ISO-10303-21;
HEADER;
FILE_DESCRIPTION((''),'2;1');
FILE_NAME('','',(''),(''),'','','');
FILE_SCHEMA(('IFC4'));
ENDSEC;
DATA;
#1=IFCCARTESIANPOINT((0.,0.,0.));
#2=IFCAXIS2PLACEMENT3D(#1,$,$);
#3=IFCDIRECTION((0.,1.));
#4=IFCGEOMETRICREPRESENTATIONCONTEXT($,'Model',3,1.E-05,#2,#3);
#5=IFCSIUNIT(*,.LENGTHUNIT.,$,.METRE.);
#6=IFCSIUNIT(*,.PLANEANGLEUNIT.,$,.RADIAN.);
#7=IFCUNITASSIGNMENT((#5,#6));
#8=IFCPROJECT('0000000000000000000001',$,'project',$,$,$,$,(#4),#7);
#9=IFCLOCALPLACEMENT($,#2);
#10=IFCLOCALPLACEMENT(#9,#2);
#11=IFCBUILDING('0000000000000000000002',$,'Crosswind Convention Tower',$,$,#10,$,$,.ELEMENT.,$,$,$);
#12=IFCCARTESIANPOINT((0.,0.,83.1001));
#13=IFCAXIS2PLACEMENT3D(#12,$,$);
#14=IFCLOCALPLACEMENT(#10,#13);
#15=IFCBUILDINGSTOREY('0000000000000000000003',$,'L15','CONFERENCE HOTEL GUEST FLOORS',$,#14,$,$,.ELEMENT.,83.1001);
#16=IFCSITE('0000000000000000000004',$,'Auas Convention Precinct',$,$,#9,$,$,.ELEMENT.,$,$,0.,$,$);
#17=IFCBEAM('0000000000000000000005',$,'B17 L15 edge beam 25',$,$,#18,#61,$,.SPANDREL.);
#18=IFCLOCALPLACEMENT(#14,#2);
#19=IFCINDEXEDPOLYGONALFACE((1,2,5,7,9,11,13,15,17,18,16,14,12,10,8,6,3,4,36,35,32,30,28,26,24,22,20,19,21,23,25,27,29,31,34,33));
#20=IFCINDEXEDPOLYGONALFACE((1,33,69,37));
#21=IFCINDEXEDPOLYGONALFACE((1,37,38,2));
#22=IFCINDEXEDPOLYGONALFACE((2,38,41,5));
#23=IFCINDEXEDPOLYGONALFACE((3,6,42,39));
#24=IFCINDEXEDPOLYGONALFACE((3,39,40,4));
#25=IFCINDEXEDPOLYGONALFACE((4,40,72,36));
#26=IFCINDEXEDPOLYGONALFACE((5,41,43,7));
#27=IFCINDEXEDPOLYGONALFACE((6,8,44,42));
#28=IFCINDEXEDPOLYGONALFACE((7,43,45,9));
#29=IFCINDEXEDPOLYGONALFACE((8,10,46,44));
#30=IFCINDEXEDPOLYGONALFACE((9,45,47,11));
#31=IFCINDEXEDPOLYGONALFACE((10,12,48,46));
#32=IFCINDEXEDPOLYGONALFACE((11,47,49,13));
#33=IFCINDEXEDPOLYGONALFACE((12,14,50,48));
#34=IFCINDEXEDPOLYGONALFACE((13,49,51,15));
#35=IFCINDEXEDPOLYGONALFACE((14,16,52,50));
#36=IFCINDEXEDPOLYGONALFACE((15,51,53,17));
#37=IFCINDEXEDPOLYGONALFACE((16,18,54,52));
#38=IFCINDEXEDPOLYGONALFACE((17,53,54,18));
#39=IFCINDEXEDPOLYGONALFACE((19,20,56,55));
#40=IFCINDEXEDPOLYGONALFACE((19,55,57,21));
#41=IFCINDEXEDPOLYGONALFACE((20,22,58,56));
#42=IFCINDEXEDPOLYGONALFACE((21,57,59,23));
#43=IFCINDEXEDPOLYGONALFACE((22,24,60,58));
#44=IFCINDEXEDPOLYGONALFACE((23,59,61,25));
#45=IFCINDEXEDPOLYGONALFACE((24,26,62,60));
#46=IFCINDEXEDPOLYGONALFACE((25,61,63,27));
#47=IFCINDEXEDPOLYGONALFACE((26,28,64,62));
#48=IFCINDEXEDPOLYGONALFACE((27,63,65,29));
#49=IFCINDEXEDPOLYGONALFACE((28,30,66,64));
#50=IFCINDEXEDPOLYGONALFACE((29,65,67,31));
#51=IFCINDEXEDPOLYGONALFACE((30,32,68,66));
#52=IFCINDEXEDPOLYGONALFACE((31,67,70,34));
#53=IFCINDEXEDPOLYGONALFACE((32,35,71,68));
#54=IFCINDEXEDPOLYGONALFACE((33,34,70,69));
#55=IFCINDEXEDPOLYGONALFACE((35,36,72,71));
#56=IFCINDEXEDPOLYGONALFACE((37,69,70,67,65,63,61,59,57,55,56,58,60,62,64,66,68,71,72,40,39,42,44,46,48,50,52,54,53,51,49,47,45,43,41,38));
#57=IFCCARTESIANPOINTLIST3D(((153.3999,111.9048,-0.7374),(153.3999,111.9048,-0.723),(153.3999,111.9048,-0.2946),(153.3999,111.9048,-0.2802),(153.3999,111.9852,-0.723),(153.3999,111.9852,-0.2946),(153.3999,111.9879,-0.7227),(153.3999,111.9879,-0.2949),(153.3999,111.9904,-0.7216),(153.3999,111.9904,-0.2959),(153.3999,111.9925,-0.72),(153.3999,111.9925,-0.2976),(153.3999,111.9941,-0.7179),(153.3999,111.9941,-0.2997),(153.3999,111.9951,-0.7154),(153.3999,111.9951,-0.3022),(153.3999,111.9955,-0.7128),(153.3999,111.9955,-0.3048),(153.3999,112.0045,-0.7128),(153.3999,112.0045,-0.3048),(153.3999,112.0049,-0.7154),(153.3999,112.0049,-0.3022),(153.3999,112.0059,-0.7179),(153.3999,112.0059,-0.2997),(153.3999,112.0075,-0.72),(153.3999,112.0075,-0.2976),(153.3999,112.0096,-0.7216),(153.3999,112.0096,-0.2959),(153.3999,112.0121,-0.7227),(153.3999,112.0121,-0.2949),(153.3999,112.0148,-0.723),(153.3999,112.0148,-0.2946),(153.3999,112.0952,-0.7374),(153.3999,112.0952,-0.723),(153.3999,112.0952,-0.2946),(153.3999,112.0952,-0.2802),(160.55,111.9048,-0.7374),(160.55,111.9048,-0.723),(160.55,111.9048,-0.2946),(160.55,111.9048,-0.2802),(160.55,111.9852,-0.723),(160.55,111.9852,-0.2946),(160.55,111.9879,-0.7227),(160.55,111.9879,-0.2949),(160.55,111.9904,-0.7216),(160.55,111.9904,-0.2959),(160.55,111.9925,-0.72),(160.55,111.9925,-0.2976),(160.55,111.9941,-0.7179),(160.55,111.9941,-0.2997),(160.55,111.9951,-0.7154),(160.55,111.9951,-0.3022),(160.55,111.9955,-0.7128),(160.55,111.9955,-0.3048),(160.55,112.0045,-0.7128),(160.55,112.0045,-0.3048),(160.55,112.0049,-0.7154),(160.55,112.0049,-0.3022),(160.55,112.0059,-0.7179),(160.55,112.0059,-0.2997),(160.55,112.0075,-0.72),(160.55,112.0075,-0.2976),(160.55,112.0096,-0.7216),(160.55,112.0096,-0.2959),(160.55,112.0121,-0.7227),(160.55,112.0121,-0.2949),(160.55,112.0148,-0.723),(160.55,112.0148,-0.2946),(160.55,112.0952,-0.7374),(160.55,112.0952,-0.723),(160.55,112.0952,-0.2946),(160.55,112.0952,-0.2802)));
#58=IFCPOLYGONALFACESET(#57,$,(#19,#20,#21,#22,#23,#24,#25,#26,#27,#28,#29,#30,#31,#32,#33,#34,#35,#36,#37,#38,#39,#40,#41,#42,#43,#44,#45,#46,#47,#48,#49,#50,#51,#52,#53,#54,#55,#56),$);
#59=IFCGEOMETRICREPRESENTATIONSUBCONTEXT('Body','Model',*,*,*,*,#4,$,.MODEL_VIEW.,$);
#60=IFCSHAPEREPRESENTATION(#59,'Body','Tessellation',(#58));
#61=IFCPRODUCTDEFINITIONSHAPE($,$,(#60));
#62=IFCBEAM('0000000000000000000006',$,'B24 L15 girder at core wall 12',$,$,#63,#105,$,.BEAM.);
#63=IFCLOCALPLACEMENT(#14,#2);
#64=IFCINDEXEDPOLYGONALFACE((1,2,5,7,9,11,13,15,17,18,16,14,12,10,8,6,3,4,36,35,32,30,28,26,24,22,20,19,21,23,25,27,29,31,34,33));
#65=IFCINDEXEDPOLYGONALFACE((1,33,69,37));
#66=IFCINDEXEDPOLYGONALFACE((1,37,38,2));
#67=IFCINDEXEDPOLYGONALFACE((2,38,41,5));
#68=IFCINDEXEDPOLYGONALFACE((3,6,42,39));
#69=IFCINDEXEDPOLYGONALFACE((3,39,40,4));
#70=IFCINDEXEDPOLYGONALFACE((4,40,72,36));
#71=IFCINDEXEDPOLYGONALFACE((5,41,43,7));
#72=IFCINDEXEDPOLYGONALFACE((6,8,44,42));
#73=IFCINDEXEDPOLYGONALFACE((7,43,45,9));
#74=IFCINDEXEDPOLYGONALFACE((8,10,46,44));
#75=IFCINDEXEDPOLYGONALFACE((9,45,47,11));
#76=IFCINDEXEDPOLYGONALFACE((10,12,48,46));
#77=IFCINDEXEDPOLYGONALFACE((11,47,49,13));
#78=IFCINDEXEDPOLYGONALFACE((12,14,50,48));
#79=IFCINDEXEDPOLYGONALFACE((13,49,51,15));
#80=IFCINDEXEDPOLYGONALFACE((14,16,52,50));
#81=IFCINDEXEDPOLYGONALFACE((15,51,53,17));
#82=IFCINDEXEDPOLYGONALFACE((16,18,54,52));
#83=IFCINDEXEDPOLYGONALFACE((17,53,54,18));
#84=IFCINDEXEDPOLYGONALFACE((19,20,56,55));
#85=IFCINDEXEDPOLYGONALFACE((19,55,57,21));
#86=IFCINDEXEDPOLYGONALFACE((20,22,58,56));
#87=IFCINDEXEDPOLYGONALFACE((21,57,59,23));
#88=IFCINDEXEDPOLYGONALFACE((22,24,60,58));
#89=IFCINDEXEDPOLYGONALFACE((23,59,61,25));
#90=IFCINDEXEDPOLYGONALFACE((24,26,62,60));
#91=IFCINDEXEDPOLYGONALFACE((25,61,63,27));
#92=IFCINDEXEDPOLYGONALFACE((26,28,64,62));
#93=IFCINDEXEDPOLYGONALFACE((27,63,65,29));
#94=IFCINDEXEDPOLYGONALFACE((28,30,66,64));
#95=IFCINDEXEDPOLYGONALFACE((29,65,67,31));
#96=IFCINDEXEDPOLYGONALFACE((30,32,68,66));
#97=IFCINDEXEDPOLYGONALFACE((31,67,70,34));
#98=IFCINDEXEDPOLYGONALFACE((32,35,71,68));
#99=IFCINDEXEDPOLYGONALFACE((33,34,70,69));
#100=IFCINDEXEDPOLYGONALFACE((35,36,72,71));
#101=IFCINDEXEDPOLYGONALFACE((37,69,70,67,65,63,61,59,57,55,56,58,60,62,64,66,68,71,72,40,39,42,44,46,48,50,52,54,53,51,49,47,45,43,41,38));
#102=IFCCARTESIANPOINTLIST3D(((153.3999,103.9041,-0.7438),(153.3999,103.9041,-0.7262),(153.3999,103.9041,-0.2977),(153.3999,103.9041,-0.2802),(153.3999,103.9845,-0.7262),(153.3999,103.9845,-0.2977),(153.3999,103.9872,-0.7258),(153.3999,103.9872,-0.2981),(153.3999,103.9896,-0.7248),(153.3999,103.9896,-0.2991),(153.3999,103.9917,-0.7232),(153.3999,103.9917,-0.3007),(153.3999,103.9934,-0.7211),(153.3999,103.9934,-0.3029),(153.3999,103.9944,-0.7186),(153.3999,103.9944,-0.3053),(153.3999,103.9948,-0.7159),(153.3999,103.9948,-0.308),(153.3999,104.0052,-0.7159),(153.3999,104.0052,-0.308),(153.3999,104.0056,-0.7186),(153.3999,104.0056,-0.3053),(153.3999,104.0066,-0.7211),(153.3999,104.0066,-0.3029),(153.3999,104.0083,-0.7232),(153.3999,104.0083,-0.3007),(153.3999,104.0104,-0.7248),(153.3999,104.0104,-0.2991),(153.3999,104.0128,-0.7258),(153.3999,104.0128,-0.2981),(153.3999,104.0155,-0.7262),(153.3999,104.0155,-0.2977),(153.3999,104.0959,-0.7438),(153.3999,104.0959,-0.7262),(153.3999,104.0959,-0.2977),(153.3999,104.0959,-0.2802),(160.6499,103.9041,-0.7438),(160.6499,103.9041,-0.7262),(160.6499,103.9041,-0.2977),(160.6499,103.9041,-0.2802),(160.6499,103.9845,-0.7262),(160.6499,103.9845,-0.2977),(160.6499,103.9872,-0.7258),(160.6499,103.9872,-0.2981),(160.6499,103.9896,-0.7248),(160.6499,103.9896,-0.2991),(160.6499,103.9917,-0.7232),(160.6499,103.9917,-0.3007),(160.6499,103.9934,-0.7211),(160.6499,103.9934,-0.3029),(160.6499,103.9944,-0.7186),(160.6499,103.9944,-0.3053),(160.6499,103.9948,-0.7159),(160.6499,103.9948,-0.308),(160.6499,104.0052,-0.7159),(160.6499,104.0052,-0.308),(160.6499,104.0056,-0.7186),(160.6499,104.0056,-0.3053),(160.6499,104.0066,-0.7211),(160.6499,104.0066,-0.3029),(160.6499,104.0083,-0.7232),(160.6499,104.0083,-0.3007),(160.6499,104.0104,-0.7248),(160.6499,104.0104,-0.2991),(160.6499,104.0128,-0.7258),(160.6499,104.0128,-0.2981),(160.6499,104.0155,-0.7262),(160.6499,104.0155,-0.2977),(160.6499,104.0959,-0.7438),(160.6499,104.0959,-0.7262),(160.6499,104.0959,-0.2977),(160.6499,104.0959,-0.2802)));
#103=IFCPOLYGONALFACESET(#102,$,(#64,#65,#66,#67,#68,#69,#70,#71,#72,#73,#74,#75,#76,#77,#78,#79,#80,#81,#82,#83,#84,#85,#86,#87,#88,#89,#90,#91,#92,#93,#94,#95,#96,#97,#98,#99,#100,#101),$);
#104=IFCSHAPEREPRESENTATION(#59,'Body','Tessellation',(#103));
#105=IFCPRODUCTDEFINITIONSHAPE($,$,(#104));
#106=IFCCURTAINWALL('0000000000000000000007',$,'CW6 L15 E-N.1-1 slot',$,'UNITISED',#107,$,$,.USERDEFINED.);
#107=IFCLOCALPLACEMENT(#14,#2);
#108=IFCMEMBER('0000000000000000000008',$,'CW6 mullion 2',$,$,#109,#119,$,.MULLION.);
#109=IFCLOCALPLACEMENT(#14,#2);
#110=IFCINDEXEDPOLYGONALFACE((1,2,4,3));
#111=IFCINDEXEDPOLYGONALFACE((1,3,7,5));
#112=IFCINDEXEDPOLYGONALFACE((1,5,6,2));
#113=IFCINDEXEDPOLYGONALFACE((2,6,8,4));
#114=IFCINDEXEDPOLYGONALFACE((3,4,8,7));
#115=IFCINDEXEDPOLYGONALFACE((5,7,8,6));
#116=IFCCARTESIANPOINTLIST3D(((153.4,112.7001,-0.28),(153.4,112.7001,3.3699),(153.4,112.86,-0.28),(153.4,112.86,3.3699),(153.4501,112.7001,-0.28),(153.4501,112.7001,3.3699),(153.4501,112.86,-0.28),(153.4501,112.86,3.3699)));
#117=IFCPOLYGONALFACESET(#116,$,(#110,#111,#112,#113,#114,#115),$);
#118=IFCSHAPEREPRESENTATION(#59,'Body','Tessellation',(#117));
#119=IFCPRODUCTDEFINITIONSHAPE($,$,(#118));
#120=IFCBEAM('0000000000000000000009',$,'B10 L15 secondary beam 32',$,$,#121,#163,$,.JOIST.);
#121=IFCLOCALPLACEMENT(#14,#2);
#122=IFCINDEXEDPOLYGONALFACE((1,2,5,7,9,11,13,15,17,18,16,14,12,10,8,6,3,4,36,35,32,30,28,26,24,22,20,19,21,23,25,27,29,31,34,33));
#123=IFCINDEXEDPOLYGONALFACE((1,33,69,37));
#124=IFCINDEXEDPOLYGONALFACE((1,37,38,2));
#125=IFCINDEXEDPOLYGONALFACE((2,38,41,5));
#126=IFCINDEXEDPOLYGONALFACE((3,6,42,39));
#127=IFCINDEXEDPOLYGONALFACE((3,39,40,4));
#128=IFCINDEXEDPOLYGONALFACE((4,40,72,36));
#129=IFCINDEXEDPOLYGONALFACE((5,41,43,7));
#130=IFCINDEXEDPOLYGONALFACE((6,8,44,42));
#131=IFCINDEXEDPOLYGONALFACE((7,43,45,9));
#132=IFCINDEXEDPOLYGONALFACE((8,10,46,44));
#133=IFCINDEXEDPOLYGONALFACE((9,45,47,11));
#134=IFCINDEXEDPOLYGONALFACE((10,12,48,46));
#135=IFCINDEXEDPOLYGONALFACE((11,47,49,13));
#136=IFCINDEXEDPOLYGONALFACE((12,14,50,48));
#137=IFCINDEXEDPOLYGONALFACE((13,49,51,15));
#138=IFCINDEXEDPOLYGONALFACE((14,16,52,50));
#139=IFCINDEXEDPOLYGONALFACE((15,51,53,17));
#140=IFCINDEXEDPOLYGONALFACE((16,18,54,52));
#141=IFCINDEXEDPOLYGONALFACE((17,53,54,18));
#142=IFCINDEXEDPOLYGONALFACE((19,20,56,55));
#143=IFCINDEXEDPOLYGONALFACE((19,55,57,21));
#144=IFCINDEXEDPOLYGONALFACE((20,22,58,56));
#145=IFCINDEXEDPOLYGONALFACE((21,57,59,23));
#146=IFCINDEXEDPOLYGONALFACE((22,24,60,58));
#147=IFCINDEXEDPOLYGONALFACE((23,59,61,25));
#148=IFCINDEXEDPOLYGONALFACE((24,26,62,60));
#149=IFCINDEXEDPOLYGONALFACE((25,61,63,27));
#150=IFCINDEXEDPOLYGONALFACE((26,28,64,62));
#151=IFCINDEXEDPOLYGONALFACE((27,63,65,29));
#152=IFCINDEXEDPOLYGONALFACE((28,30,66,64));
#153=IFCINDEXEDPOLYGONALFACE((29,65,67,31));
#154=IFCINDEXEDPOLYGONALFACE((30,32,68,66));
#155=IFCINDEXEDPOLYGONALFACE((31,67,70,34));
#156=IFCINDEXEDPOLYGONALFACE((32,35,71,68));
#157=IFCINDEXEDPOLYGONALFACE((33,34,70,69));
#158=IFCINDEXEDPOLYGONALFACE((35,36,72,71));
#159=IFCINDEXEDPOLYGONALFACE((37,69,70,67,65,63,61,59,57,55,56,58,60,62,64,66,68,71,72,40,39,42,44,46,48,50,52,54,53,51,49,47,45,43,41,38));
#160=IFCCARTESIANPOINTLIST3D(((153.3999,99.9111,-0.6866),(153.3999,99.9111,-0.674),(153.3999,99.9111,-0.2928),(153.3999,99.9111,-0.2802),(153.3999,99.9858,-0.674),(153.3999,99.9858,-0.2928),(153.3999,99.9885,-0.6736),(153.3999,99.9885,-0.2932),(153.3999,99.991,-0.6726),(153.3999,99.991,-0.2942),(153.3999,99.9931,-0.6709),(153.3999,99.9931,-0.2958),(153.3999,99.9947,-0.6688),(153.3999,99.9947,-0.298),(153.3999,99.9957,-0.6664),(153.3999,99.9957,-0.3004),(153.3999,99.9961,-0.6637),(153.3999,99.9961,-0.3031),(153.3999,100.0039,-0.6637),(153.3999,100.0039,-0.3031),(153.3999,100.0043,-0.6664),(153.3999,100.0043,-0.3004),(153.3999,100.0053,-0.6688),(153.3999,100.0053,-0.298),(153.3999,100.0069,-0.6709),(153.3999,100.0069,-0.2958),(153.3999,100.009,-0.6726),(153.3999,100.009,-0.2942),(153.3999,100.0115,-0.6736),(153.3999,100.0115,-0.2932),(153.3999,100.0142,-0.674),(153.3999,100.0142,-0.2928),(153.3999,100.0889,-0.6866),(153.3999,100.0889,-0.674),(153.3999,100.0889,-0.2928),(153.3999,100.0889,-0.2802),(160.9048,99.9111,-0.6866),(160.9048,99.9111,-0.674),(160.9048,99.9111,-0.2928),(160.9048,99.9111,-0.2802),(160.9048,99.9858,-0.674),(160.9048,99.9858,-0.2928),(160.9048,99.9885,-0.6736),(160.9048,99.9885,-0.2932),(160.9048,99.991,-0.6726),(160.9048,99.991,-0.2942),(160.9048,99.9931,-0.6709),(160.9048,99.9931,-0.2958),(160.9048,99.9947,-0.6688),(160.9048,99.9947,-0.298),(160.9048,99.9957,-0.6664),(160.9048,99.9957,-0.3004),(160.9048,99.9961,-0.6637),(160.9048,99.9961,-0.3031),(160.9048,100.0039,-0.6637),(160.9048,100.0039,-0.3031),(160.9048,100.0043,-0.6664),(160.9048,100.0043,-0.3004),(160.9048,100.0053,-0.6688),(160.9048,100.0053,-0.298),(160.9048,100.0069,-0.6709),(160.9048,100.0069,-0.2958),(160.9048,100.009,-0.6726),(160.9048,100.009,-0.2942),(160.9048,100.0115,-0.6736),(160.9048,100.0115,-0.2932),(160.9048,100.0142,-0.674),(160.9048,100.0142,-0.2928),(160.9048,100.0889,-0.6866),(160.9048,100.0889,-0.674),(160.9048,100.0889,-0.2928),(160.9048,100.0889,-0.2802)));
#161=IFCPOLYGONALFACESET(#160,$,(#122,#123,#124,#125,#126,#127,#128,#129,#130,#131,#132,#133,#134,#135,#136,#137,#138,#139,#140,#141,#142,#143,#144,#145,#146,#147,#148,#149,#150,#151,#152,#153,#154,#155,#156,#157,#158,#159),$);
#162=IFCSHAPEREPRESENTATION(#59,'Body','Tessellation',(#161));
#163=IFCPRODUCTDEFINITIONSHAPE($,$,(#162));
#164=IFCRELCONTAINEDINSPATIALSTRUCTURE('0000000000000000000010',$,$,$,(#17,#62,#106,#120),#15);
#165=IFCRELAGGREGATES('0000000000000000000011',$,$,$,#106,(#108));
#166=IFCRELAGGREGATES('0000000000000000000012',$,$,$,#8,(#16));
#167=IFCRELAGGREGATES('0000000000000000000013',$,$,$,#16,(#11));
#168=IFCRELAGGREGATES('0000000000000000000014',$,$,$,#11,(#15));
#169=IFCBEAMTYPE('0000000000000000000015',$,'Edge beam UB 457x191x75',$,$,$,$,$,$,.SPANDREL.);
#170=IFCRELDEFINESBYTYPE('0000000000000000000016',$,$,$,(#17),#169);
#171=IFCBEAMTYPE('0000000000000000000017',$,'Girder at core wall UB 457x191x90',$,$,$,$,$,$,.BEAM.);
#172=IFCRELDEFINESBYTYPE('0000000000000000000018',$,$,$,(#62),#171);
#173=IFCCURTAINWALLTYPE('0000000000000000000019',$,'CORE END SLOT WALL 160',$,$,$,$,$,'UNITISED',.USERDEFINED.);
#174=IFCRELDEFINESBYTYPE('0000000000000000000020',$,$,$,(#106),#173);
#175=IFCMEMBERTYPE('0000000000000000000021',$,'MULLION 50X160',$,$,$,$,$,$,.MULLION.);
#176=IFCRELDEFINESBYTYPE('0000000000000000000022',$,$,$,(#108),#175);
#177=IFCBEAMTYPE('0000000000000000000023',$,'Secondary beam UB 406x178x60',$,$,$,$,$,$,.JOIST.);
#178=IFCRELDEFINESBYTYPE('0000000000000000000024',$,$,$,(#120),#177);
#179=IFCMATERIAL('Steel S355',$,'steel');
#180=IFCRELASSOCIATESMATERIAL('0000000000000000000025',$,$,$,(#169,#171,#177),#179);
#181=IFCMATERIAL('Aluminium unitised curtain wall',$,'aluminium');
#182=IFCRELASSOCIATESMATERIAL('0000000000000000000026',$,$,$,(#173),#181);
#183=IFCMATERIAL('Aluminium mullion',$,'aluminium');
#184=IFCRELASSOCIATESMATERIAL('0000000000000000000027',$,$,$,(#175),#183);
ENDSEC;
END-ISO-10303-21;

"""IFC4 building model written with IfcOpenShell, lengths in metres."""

from ifc_helpers import new_model, si_unit, direction, frame, origin, origin_2d, place, context, subcontext, project, spatial, rectangle, i_section, extrude, material, material_profile, profile_set, type_object, element, aggregate, save


model = new_model("IFC4")

# Units and contexts
model_context = context("Model", 3, precision=1e-05, world=origin(), true_north=direction((0.0, 1.0)))
body_context = subcontext(model_context, "Body", "Model", "MODEL_VIEW")
ifc_project = project(units=[si_unit("LENGTHUNIT", "METRE"), si_unit("PLANEANGLEUNIT", "RADIAN")], contexts=[model_context])

# Site, building, storey
site_placement = place(None, origin())
site = spatial("IfcSite", under=ifc_project, at=site_placement, Name="Auas Convention Precinct", CompositionType="ELEMENT", RefElevation=0.0)
building_placement = place(site_placement, origin())
building = spatial("IfcBuilding", under=site, at=building_placement, Name="Crosswind Convention Tower", CompositionType="ELEMENT")
storey_placement = place(building_placement, frame((0.0, 0.0, 83.1001)))
storey = spatial("IfcBuildingStorey", under=building, at=storey_placement, Name="L15", Description="CONFERENCE HOTEL GUEST FLOORS", CompositionType="ELEMENT", Elevation=83.1001)

# Beams
ifc_material_1 = material(Name="Steel S355", Category="steel")
ifc_material_profile_1 = material_profile(ifc_material_1, i_section(OverallWidth=0.1904, OverallDepth=0.4573, WebThickness=0.009, FlangeThickness=0.0144, FilletRadius=0.0103, at=origin_2d()), Name="UB 457x191x75")
ifc_profile_set_1 = profile_set([ifc_material_profile_1], Name="Steel S355")
beam_type_1 = type_object("IfcBeamType", Name="Edge beam UB 457x191x75", PredefinedType="SPANDREL", material=ifc_profile_set_1)
beam_1_placement = place(storey_placement, frame((153.3999, 112.0, -0.5088), z_axis=(1.0, 0.0, 0.0), x_axis=(0.0, 1.0, 0.0)))
element("IfcBeam", 1, at=beam_1_placement, inside=storey, type_object=beam_type_1, Name="B17 L15 edge beam 25", PredefinedType="SPANDREL", context=body_context, shape_type="SweptSolid", body=[
    extrude(i_section(OverallWidth=0.1904, OverallDepth=0.4573, WebThickness=0.009, FlangeThickness=0.0144, FilletRadius=0.0103, at=origin_2d()), origin(), (0.0, 0.0, 1.0), 7.1501),
])
ifc_material_profile_2 = material_profile(ifc_material_1, i_section(OverallWidth=0.1919, OverallDepth=0.4636, WebThickness=0.0105, FlangeThickness=0.0176, FilletRadius=0.0103, at=origin_2d()), Name="UB 457x191x90")
ifc_profile_set_2 = profile_set([ifc_material_profile_2], Name="Steel S355")
beam_type_2 = type_object("IfcBeamType", Name="Girder at core wall UB 457x191x90", PredefinedType="BEAM", material=ifc_profile_set_2)
beam_2_placement = place(storey_placement, frame((153.3999, 104.0, -0.512), z_axis=(1.0, 0.0, 0.0), x_axis=(0.0, 1.0, 0.0)))
element("IfcBeam", 2, at=beam_2_placement, inside=storey, type_object=beam_type_2, Name="B24 L15 girder at core wall 12", PredefinedType="BEAM", context=body_context, shape_type="SweptSolid", body=[
    extrude(i_section(OverallWidth=0.1919, OverallDepth=0.4636, WebThickness=0.0105, FlangeThickness=0.0176, FilletRadius=0.0103, at=origin_2d()), origin(), (0.0, 0.0, 1.0), 7.25),
])

# Curtain wall, member
ifc_material_2 = material(Name="Aluminium unitised curtain wall", Category="aluminium")
curtain_wall_type = type_object("IfcCurtainWallType", Name="CORE END SLOT WALL 160", ElementType="UNITISED", PredefinedType="USERDEFINED", material=ifc_material_2)
curtain_wall_placement = place(storey_placement, origin())
curtain_wall = element("IfcCurtainWall", 3, at=curtain_wall_placement, inside=storey, type_object=curtain_wall_type, Name="CW6 L15 E-N.1-1 slot", ObjectType="UNITISED", PredefinedType="USERDEFINED")
ifc_material_3 = material(Name="Aluminium mullion", Category="aluminium")
ifc_material_profile_3 = material_profile(ifc_material_3, rectangle(XDim=0.1599, YDim=0.05, at=origin_2d()), Name="AL 160X50")
ifc_profile_set_3 = profile_set([ifc_material_profile_3], Name="Aluminium mullion")
member_type = type_object("IfcMemberType", Name="MULLION 50X160", PredefinedType="MULLION", material=ifc_profile_set_3)
member_placement = place(storey_placement, frame((153.425, 112.78, -0.28), z_axis=(0.0, 0.0, 1.0), x_axis=(0.0, 1.0, 0.0)))
member = element("IfcMember", 4, at=member_placement, type_object=member_type, Name="CW6 mullion 2", PredefinedType="MULLION", context=body_context, shape_type="SweptSolid", body=[
    extrude(rectangle(XDim=0.1599, YDim=0.05, at=origin_2d()), origin(), (0.0, 0.0, 1.0), 3.6499),
])
aggregate(curtain_wall, [member])

# Beam
ifc_material_profile_4 = material_profile(ifc_material_1, i_section(OverallWidth=0.1777, OverallDepth=0.4065, WebThickness=0.0078, FlangeThickness=0.0127, FilletRadius=0.0103, at=origin_2d()), Name="UB 406x178x60")
ifc_profile_set_4 = profile_set([ifc_material_profile_4], Name="Steel S355")
beam_type_3 = type_object("IfcBeamType", Name="Secondary beam UB 406x178x60", PredefinedType="JOIST", material=ifc_profile_set_4)
for number, where, z_axis, x_axis, name in (
    (5, (153.3999, 100.0, -0.4834), (1.0, 0.0, 0.0), (0.0, 1.0, 0.0), "B10 L15 secondary beam 32"),
):
    element("IfcBeam", number, at=place(storey_placement, frame(where, z_axis=z_axis, x_axis=x_axis)), inside=storey, type_object=beam_type_3, Name=name, PredefinedType="JOIST", context=body_context, shape_type="SweptSolid", body=[
        extrude(i_section(OverallWidth=0.1777, OverallDepth=0.4065, WebThickness=0.0078, FlangeThickness=0.0127, FilletRadius=0.0103, at=origin_2d()), origin(), (0.0, 0.0, 1.0), 7.5049),
    ])

save(model, "model.ifc")
